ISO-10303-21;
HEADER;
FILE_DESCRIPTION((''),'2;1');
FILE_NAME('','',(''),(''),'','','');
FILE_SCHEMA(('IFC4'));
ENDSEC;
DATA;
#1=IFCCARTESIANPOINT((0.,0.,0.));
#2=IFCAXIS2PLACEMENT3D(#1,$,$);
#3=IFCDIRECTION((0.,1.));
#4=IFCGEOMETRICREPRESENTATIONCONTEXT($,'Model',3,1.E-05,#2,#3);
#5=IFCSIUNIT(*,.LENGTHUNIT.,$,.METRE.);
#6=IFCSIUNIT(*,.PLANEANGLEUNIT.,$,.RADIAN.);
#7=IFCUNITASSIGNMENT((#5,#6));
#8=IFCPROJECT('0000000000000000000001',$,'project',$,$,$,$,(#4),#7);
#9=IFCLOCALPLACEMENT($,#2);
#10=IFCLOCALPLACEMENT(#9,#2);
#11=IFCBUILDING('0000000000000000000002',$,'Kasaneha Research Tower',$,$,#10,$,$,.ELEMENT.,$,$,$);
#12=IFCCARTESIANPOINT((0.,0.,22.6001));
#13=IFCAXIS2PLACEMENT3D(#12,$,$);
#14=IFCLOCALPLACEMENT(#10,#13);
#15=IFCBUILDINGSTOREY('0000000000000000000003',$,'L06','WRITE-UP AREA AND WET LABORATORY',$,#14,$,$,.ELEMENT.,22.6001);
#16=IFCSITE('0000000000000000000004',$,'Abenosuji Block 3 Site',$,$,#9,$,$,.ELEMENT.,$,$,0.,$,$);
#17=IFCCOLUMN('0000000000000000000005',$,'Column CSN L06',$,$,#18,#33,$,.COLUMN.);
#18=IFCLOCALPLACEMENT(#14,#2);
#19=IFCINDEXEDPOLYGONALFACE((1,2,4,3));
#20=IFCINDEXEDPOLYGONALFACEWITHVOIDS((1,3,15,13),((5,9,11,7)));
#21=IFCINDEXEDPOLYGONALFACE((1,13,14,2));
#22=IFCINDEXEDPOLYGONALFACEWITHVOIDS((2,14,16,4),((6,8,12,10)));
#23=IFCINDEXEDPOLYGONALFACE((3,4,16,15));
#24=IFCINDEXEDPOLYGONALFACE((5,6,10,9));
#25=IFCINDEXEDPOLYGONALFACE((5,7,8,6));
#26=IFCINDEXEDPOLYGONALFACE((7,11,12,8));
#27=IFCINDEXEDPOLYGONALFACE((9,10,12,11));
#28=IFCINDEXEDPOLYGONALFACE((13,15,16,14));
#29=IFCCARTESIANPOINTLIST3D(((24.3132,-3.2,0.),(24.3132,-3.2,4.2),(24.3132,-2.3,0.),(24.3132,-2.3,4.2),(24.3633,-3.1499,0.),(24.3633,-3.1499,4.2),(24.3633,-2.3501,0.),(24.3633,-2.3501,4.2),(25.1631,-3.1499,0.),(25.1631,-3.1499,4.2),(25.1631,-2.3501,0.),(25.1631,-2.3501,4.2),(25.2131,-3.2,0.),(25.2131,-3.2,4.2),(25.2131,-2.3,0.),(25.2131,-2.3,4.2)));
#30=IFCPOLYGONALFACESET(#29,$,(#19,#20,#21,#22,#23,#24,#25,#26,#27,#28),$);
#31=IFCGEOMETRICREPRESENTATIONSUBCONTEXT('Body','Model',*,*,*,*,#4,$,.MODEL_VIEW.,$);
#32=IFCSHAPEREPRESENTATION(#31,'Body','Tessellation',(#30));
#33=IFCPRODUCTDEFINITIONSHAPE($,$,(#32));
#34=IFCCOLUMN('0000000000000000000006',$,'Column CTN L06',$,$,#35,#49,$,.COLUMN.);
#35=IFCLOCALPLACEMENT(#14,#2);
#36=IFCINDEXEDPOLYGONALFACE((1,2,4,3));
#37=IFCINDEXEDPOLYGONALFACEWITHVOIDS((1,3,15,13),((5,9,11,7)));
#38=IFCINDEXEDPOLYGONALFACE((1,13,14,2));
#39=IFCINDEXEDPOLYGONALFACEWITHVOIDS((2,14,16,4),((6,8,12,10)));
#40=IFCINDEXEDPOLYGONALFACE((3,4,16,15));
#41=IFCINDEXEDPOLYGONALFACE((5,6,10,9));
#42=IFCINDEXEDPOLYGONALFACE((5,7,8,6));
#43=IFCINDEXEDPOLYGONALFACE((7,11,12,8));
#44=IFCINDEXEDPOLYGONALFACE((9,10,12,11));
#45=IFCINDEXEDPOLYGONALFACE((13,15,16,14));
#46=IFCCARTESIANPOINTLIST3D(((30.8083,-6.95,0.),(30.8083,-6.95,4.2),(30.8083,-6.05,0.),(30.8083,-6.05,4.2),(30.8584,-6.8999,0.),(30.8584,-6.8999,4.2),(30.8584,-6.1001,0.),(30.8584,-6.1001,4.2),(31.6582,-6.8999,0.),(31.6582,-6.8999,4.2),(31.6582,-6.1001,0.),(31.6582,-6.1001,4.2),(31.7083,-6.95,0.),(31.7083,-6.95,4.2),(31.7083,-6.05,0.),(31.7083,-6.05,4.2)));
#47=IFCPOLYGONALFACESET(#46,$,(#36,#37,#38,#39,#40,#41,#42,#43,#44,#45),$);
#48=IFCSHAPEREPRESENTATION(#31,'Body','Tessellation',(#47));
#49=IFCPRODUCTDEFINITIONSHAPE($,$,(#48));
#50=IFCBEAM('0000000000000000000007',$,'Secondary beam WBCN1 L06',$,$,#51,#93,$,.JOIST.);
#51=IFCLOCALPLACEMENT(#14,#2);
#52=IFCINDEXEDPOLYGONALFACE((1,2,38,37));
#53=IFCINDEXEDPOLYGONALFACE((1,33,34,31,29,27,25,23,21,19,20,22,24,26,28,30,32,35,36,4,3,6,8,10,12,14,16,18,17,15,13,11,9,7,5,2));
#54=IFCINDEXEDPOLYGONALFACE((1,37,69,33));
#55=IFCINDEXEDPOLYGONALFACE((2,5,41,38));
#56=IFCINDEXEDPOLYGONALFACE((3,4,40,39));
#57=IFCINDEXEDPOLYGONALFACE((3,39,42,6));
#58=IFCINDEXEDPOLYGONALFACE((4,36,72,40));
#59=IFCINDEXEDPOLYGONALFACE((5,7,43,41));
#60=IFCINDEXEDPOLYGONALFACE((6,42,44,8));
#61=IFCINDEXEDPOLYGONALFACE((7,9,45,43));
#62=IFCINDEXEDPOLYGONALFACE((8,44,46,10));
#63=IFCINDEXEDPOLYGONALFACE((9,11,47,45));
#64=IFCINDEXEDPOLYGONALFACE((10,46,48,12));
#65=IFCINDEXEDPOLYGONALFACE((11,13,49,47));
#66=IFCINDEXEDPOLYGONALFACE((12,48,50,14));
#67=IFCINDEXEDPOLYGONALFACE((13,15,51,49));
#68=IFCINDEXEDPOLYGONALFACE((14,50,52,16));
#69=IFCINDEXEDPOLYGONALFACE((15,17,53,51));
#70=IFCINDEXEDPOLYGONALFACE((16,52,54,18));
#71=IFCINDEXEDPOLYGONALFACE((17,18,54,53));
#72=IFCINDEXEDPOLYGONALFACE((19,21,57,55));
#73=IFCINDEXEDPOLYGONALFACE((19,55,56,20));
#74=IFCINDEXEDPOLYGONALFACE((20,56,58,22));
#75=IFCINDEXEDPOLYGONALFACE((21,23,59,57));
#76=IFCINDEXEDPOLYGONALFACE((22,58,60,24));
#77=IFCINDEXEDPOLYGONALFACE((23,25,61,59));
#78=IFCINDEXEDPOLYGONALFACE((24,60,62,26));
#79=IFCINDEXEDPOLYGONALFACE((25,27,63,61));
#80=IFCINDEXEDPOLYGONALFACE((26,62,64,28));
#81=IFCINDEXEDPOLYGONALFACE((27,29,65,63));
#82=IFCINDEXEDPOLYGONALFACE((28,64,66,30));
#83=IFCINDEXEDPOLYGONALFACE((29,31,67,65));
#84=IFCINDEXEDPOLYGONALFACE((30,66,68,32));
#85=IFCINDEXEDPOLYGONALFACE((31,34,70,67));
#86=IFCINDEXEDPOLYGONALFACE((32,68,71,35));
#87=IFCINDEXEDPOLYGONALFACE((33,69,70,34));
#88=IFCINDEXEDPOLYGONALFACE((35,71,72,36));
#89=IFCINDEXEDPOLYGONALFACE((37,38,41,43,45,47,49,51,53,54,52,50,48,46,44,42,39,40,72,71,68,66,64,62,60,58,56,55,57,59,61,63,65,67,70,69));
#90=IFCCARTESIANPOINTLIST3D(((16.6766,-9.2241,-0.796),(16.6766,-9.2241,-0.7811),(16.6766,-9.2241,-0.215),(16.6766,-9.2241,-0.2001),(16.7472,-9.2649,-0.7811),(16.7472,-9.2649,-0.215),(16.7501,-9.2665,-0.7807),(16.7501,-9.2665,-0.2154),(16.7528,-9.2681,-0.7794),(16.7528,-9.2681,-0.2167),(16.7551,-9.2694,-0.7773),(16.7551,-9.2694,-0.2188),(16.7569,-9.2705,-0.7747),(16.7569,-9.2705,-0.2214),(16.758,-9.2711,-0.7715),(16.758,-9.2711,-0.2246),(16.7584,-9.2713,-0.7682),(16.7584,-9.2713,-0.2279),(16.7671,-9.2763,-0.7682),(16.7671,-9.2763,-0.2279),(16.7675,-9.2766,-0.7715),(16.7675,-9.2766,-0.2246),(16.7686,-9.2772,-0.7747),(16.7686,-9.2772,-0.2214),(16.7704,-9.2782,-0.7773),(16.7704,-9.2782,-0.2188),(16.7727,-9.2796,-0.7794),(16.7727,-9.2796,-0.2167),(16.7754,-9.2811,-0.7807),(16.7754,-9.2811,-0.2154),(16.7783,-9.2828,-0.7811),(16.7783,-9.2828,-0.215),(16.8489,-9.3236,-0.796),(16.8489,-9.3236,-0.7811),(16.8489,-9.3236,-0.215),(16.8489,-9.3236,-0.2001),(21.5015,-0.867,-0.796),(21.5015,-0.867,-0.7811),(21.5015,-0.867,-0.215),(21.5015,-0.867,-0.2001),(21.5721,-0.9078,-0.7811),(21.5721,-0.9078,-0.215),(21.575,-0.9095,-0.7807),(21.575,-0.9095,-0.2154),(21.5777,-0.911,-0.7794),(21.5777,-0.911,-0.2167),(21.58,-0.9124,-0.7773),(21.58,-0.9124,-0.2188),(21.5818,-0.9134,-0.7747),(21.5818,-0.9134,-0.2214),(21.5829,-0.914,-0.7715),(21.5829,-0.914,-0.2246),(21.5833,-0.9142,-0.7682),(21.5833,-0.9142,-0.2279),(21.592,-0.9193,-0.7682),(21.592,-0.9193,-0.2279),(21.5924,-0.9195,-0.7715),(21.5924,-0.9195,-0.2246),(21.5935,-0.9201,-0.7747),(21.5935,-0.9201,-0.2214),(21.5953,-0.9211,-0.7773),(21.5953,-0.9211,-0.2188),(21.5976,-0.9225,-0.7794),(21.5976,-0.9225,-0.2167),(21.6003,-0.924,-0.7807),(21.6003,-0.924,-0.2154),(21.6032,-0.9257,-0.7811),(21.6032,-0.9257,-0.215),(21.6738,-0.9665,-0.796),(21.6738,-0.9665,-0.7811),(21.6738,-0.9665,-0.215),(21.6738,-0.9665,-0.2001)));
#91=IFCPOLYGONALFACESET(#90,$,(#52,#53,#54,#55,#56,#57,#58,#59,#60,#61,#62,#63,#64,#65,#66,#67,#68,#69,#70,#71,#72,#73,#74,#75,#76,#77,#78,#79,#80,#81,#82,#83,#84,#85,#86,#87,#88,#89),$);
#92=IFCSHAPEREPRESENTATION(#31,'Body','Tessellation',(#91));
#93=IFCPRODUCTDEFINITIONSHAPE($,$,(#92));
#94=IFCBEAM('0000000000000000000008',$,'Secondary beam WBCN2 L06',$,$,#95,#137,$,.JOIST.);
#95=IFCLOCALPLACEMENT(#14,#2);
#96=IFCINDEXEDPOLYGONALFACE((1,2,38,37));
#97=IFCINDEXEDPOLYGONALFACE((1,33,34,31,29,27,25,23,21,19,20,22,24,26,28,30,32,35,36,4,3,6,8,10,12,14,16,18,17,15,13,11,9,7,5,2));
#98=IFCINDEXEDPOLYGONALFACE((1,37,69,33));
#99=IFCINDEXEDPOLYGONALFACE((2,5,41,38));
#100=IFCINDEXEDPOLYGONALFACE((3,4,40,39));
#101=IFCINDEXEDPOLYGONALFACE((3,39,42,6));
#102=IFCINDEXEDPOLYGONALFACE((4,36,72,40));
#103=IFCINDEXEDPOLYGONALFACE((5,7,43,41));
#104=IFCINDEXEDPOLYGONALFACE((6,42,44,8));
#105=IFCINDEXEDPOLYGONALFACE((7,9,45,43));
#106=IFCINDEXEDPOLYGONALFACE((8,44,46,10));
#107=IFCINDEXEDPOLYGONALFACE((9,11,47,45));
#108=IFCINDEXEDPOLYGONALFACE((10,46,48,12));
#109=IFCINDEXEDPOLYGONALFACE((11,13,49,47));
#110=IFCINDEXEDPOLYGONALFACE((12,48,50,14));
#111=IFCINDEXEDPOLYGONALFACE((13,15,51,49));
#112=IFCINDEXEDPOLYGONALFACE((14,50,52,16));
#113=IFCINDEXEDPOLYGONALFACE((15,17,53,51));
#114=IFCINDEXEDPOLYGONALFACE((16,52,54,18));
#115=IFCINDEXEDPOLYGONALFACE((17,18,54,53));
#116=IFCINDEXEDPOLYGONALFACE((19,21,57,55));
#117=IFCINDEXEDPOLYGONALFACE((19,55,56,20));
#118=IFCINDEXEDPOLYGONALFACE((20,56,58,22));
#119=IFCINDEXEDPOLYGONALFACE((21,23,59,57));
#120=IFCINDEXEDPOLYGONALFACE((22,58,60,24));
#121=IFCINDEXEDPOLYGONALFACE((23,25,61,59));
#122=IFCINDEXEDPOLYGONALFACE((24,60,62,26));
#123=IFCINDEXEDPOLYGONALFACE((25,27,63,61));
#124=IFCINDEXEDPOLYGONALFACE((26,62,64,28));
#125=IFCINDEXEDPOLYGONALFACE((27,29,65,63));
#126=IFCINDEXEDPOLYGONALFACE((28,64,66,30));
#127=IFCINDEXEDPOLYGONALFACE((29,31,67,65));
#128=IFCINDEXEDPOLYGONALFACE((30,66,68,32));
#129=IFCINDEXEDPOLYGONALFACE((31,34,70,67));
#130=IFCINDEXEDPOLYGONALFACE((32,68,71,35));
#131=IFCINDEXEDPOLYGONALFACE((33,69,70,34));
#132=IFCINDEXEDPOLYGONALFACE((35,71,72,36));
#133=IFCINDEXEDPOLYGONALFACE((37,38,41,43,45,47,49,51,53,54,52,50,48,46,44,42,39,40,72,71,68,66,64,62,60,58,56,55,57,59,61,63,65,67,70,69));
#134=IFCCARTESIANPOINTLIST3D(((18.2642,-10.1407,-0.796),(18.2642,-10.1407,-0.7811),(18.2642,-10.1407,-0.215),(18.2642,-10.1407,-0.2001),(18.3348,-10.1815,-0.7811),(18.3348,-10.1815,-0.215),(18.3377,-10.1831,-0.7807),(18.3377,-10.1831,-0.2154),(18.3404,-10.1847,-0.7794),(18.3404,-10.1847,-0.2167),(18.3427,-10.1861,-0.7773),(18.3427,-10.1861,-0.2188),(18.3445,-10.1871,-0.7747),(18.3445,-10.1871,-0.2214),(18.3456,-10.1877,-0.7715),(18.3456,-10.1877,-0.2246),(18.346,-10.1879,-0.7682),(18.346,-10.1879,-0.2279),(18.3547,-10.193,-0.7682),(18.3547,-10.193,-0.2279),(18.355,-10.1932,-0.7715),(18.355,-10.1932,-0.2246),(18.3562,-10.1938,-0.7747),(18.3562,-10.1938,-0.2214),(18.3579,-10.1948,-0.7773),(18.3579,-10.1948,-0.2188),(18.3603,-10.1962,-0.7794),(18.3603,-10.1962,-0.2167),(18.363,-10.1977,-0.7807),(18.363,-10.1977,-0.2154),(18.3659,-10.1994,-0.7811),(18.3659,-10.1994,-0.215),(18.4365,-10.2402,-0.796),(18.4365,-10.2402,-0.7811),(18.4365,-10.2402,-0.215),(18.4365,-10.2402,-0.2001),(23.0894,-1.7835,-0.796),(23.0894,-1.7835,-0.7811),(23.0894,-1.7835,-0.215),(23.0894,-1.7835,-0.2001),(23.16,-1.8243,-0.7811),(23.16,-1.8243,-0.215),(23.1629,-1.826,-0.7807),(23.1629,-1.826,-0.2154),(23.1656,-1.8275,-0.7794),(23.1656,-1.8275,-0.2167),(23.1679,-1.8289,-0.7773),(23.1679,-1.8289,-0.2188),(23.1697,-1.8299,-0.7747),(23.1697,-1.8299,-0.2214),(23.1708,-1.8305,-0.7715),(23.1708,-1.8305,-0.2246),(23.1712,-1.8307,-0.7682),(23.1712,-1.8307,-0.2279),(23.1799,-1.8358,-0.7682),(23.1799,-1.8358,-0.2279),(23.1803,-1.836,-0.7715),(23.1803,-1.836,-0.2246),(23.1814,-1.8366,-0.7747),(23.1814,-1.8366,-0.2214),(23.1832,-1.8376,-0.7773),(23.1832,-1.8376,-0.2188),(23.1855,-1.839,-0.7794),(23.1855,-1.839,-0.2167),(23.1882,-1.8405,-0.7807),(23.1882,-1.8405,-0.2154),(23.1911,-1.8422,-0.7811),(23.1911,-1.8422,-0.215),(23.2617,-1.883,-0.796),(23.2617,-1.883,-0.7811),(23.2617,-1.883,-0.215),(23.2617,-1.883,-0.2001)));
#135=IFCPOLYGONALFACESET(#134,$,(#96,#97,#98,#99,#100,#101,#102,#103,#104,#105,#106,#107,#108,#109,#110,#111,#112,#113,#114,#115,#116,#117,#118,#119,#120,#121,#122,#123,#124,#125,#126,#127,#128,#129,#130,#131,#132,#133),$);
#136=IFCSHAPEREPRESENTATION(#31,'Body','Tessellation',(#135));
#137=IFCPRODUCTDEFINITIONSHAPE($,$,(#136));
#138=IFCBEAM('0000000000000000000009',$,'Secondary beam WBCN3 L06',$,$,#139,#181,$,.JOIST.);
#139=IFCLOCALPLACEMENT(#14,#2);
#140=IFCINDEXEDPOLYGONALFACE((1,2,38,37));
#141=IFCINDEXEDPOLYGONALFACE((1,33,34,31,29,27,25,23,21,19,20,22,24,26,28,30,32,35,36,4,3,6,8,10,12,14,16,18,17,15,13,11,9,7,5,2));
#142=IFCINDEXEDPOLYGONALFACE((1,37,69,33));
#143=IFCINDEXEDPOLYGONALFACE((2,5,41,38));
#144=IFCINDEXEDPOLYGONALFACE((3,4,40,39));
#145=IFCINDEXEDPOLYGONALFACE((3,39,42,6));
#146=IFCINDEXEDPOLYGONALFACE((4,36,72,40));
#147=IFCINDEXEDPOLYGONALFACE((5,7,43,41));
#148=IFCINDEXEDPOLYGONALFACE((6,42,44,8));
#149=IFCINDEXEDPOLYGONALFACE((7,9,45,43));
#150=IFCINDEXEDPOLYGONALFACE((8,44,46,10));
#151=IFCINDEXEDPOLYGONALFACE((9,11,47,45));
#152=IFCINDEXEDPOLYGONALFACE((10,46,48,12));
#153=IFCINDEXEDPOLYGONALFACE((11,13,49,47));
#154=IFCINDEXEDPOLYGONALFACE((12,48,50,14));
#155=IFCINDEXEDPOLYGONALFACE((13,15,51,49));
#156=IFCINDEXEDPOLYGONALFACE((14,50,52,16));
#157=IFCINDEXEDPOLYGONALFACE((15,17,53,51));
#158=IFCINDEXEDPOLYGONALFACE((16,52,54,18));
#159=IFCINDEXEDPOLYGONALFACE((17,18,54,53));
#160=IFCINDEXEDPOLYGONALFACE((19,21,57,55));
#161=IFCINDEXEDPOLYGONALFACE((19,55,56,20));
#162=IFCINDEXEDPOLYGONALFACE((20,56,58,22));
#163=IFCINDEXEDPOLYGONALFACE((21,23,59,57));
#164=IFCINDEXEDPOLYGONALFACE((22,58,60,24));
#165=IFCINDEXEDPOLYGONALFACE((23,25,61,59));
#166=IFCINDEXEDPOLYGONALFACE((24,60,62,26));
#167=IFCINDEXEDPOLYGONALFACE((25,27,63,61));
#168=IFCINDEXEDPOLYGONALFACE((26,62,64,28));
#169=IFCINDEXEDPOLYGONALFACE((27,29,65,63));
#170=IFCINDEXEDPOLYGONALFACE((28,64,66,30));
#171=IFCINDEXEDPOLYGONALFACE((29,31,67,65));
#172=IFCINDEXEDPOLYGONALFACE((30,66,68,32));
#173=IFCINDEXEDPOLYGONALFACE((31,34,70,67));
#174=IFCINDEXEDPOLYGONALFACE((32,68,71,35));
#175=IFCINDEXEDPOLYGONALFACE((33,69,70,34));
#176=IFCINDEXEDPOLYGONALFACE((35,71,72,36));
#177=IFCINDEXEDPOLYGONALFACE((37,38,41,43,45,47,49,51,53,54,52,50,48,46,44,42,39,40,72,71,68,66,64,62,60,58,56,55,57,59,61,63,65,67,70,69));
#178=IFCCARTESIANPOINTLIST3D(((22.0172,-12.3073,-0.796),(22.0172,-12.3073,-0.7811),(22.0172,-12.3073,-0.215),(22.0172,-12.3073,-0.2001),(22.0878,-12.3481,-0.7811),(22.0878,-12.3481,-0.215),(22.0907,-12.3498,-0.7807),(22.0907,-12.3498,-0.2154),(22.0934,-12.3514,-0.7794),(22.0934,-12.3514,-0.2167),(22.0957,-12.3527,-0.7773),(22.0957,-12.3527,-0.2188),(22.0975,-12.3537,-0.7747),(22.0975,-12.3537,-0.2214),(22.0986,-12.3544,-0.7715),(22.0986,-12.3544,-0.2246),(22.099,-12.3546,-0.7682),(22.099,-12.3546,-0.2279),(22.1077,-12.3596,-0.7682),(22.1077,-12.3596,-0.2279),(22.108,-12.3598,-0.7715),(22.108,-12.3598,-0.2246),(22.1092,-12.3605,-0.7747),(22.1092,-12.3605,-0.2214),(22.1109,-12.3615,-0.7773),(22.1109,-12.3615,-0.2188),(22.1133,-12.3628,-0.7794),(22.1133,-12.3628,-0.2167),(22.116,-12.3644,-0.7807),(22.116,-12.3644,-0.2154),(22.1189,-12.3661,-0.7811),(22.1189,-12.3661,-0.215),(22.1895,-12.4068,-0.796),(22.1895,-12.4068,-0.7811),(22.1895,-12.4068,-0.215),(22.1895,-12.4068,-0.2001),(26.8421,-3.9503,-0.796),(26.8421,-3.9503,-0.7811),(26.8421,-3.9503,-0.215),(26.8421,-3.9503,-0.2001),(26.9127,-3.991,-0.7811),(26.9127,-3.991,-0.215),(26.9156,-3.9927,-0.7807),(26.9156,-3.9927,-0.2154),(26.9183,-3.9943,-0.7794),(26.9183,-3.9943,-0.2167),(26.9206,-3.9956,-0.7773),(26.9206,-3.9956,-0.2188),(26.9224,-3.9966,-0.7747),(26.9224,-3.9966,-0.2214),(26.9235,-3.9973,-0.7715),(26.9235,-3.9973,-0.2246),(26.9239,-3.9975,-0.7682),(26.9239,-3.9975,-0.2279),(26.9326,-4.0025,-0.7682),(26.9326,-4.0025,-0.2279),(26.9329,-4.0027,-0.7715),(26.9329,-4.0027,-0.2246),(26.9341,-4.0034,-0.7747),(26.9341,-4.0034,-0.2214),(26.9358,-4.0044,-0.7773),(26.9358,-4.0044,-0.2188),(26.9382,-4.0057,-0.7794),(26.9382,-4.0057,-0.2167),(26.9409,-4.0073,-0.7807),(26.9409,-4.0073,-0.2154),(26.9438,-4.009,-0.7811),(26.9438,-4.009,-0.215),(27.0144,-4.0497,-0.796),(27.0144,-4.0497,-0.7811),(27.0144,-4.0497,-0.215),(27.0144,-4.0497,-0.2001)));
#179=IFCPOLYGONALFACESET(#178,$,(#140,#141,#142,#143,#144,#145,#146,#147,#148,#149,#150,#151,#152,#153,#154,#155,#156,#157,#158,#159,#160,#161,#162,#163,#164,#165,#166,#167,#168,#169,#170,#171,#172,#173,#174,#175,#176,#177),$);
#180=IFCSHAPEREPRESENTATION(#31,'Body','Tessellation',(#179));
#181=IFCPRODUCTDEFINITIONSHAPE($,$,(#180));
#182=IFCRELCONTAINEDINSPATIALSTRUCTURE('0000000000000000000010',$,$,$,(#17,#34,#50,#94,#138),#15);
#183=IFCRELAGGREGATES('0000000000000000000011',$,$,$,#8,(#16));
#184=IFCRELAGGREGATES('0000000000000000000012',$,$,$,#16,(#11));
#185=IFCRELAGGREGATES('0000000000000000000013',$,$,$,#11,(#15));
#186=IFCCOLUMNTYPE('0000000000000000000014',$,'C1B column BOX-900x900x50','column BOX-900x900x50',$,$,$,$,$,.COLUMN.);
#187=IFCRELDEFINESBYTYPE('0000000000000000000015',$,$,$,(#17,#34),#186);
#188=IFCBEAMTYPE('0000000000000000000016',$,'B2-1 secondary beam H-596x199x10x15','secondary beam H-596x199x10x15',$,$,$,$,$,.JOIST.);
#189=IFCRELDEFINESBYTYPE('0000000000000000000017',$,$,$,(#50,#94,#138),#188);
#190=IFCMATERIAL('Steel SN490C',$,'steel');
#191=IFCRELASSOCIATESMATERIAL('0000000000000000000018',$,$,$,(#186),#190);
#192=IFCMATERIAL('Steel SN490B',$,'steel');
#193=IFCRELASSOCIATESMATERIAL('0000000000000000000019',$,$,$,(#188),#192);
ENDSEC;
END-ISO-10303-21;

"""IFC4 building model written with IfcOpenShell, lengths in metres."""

from ifc_helpers import new_model, si_unit, direction, frame, origin, origin_2d, place, context, subcontext, project, spatial, hollow_rectangle, i_section, extrude, material, material_profile, profile_set, type_object, element, save


model = new_model("IFC4")

# Units and contexts
model_context = context("Model", 3, precision=1e-05, world=origin(), true_north=direction((0.0, 1.0)))
body_context = subcontext(model_context, "Body", "Model", "MODEL_VIEW")
ifc_project = project(units=[si_unit("LENGTHUNIT", "METRE"), si_unit("PLANEANGLEUNIT", "RADIAN")], contexts=[model_context])

# Site, building, storey
site_placement = place(None, origin())
site = spatial("IfcSite", under=ifc_project, at=site_placement, Name="Abenosuji Block 3 Site", CompositionType="ELEMENT", RefElevation=0.0)
building_placement = place(site_placement, origin())
building = spatial("IfcBuilding", under=site, at=building_placement, Name="Kasaneha Research Tower", CompositionType="ELEMENT")
storey_placement = place(building_placement, frame((0.0, 0.0, 22.6001)))
storey = spatial("IfcBuildingStorey", under=building, at=storey_placement, Name="L06", Description="WRITE-UP AREA AND WET LABORATORY", CompositionType="ELEMENT", Elevation=22.6001)

# Columns
ifc_material_1 = material(Name="Steel SN490C", Category="steel")
ifc_material_profile_1 = material_profile(ifc_material_1, hollow_rectangle(XDim=0.8999, YDim=0.8999, WallThickness=0.05, at=origin_2d()), Name="BOX-900x900x50")
ifc_profile_set_1 = profile_set([ifc_material_profile_1], Name="Steel SN490C")
column_type = type_object("IfcColumnType", Name="C1B column BOX-900x900x50", Description="column BOX-900x900x50", PredefinedType="COLUMN", material=ifc_profile_set_1)
for number, where, z_axis, x_axis, name in (
    (1, (24.7632, -2.75, 0.0), (0.0, 0.0, 1.0), (1.0, 0.0, 0.0), "Column CSN L06"),
    (2, (31.2583, -6.5, 0.0), (0.0, 0.0, 1.0), (1.0, 0.0, 0.0), "Column CTN L06"),
):
    element("IfcColumn", number, at=place(storey_placement, frame(where, z_axis=z_axis, x_axis=x_axis)), inside=storey, type_object=column_type, Name=name, PredefinedType="COLUMN", context=body_context, shape_type="SweptSolid", body=[
        extrude(hollow_rectangle(XDim=0.8999, YDim=0.8999, WallThickness=0.05, at=origin_2d()), origin(), (0.0, 0.0, 1.0), 4.2),
    ])

# Beams
ifc_material_2 = material(Name="Steel SN490B", Category="steel")
ifc_material_profile_2 = material_profile(ifc_material_2, i_section(OverallWidth=0.199, OverallDepth=0.5959, WebThickness=0.01, FlangeThickness=0.0149, FilletRadius=0.0129, at=origin_2d()), Name="H-596x199x10x15")
ifc_profile_set_2 = profile_set([ifc_material_profile_2], Name="Steel SN490B")
beam_type_1 = type_object("IfcBeamType", Name="B2-1 secondary beam H-596x199x10x15", Description="secondary beam H-596x199x10x15", PredefinedType="JOIST", material=ifc_profile_set_2)
beam_1_placement = place(storey_placement, frame((21.5876, -0.9167, -0.498), z_axis=(-0.499995, -0.866028, 0.0), x_axis=(0.866028, -0.499995, 0.0)))
element("IfcBeam", 3, at=beam_1_placement, inside=storey, type_object=beam_type_1, Name="Secondary beam WBCN1 L06", PredefinedType="JOIST", context=body_context, shape_type="SweptSolid", body=[
    extrude(i_section(OverallWidth=0.199, OverallDepth=0.5959, WebThickness=0.01, FlangeThickness=0.0149, FilletRadius=0.0129, at=origin_2d()), origin(), (0.0, 0.0, 1.0), 9.6499),
])
beam_2_placement = place(storey_placement, frame((23.1755, -1.8333, -0.498), z_axis=(-0.500014, -0.866017, 0.0), x_axis=(0.866017, -0.500014, 0.0)))
element("IfcBeam", 4, at=beam_2_placement, inside=storey, type_object=beam_type_1, Name="Secondary beam WBCN2 L06", PredefinedType="JOIST", context=body_context, shape_type="SweptSolid", body=[
    extrude(i_section(OverallWidth=0.199, OverallDepth=0.5959, WebThickness=0.01, FlangeThickness=0.0149, FilletRadius=0.0129, at=origin_2d()), origin(), (0.0, 0.0, 1.0), 9.6501),
])
for number, where, z_axis, x_axis, name in (
    (5, (26.9282, -4.0, -0.498), (-0.499995, -0.866028, 0.0), (0.866028, -0.499995, 0.0), "Secondary beam WBCN3 L06"),
):
    element("IfcBeam", number, at=place(storey_placement, frame(where, z_axis=z_axis, x_axis=x_axis)), inside=storey, type_object=beam_type_1, Name=name, PredefinedType="JOIST", context=body_context, shape_type="SweptSolid", body=[
        extrude(i_section(OverallWidth=0.199, OverallDepth=0.5959, WebThickness=0.01, FlangeThickness=0.0149, FilletRadius=0.0129, at=origin_2d()), origin(), (0.0, 0.0, 1.0), 9.6499),
    ])

save(model, "model.ifc")
